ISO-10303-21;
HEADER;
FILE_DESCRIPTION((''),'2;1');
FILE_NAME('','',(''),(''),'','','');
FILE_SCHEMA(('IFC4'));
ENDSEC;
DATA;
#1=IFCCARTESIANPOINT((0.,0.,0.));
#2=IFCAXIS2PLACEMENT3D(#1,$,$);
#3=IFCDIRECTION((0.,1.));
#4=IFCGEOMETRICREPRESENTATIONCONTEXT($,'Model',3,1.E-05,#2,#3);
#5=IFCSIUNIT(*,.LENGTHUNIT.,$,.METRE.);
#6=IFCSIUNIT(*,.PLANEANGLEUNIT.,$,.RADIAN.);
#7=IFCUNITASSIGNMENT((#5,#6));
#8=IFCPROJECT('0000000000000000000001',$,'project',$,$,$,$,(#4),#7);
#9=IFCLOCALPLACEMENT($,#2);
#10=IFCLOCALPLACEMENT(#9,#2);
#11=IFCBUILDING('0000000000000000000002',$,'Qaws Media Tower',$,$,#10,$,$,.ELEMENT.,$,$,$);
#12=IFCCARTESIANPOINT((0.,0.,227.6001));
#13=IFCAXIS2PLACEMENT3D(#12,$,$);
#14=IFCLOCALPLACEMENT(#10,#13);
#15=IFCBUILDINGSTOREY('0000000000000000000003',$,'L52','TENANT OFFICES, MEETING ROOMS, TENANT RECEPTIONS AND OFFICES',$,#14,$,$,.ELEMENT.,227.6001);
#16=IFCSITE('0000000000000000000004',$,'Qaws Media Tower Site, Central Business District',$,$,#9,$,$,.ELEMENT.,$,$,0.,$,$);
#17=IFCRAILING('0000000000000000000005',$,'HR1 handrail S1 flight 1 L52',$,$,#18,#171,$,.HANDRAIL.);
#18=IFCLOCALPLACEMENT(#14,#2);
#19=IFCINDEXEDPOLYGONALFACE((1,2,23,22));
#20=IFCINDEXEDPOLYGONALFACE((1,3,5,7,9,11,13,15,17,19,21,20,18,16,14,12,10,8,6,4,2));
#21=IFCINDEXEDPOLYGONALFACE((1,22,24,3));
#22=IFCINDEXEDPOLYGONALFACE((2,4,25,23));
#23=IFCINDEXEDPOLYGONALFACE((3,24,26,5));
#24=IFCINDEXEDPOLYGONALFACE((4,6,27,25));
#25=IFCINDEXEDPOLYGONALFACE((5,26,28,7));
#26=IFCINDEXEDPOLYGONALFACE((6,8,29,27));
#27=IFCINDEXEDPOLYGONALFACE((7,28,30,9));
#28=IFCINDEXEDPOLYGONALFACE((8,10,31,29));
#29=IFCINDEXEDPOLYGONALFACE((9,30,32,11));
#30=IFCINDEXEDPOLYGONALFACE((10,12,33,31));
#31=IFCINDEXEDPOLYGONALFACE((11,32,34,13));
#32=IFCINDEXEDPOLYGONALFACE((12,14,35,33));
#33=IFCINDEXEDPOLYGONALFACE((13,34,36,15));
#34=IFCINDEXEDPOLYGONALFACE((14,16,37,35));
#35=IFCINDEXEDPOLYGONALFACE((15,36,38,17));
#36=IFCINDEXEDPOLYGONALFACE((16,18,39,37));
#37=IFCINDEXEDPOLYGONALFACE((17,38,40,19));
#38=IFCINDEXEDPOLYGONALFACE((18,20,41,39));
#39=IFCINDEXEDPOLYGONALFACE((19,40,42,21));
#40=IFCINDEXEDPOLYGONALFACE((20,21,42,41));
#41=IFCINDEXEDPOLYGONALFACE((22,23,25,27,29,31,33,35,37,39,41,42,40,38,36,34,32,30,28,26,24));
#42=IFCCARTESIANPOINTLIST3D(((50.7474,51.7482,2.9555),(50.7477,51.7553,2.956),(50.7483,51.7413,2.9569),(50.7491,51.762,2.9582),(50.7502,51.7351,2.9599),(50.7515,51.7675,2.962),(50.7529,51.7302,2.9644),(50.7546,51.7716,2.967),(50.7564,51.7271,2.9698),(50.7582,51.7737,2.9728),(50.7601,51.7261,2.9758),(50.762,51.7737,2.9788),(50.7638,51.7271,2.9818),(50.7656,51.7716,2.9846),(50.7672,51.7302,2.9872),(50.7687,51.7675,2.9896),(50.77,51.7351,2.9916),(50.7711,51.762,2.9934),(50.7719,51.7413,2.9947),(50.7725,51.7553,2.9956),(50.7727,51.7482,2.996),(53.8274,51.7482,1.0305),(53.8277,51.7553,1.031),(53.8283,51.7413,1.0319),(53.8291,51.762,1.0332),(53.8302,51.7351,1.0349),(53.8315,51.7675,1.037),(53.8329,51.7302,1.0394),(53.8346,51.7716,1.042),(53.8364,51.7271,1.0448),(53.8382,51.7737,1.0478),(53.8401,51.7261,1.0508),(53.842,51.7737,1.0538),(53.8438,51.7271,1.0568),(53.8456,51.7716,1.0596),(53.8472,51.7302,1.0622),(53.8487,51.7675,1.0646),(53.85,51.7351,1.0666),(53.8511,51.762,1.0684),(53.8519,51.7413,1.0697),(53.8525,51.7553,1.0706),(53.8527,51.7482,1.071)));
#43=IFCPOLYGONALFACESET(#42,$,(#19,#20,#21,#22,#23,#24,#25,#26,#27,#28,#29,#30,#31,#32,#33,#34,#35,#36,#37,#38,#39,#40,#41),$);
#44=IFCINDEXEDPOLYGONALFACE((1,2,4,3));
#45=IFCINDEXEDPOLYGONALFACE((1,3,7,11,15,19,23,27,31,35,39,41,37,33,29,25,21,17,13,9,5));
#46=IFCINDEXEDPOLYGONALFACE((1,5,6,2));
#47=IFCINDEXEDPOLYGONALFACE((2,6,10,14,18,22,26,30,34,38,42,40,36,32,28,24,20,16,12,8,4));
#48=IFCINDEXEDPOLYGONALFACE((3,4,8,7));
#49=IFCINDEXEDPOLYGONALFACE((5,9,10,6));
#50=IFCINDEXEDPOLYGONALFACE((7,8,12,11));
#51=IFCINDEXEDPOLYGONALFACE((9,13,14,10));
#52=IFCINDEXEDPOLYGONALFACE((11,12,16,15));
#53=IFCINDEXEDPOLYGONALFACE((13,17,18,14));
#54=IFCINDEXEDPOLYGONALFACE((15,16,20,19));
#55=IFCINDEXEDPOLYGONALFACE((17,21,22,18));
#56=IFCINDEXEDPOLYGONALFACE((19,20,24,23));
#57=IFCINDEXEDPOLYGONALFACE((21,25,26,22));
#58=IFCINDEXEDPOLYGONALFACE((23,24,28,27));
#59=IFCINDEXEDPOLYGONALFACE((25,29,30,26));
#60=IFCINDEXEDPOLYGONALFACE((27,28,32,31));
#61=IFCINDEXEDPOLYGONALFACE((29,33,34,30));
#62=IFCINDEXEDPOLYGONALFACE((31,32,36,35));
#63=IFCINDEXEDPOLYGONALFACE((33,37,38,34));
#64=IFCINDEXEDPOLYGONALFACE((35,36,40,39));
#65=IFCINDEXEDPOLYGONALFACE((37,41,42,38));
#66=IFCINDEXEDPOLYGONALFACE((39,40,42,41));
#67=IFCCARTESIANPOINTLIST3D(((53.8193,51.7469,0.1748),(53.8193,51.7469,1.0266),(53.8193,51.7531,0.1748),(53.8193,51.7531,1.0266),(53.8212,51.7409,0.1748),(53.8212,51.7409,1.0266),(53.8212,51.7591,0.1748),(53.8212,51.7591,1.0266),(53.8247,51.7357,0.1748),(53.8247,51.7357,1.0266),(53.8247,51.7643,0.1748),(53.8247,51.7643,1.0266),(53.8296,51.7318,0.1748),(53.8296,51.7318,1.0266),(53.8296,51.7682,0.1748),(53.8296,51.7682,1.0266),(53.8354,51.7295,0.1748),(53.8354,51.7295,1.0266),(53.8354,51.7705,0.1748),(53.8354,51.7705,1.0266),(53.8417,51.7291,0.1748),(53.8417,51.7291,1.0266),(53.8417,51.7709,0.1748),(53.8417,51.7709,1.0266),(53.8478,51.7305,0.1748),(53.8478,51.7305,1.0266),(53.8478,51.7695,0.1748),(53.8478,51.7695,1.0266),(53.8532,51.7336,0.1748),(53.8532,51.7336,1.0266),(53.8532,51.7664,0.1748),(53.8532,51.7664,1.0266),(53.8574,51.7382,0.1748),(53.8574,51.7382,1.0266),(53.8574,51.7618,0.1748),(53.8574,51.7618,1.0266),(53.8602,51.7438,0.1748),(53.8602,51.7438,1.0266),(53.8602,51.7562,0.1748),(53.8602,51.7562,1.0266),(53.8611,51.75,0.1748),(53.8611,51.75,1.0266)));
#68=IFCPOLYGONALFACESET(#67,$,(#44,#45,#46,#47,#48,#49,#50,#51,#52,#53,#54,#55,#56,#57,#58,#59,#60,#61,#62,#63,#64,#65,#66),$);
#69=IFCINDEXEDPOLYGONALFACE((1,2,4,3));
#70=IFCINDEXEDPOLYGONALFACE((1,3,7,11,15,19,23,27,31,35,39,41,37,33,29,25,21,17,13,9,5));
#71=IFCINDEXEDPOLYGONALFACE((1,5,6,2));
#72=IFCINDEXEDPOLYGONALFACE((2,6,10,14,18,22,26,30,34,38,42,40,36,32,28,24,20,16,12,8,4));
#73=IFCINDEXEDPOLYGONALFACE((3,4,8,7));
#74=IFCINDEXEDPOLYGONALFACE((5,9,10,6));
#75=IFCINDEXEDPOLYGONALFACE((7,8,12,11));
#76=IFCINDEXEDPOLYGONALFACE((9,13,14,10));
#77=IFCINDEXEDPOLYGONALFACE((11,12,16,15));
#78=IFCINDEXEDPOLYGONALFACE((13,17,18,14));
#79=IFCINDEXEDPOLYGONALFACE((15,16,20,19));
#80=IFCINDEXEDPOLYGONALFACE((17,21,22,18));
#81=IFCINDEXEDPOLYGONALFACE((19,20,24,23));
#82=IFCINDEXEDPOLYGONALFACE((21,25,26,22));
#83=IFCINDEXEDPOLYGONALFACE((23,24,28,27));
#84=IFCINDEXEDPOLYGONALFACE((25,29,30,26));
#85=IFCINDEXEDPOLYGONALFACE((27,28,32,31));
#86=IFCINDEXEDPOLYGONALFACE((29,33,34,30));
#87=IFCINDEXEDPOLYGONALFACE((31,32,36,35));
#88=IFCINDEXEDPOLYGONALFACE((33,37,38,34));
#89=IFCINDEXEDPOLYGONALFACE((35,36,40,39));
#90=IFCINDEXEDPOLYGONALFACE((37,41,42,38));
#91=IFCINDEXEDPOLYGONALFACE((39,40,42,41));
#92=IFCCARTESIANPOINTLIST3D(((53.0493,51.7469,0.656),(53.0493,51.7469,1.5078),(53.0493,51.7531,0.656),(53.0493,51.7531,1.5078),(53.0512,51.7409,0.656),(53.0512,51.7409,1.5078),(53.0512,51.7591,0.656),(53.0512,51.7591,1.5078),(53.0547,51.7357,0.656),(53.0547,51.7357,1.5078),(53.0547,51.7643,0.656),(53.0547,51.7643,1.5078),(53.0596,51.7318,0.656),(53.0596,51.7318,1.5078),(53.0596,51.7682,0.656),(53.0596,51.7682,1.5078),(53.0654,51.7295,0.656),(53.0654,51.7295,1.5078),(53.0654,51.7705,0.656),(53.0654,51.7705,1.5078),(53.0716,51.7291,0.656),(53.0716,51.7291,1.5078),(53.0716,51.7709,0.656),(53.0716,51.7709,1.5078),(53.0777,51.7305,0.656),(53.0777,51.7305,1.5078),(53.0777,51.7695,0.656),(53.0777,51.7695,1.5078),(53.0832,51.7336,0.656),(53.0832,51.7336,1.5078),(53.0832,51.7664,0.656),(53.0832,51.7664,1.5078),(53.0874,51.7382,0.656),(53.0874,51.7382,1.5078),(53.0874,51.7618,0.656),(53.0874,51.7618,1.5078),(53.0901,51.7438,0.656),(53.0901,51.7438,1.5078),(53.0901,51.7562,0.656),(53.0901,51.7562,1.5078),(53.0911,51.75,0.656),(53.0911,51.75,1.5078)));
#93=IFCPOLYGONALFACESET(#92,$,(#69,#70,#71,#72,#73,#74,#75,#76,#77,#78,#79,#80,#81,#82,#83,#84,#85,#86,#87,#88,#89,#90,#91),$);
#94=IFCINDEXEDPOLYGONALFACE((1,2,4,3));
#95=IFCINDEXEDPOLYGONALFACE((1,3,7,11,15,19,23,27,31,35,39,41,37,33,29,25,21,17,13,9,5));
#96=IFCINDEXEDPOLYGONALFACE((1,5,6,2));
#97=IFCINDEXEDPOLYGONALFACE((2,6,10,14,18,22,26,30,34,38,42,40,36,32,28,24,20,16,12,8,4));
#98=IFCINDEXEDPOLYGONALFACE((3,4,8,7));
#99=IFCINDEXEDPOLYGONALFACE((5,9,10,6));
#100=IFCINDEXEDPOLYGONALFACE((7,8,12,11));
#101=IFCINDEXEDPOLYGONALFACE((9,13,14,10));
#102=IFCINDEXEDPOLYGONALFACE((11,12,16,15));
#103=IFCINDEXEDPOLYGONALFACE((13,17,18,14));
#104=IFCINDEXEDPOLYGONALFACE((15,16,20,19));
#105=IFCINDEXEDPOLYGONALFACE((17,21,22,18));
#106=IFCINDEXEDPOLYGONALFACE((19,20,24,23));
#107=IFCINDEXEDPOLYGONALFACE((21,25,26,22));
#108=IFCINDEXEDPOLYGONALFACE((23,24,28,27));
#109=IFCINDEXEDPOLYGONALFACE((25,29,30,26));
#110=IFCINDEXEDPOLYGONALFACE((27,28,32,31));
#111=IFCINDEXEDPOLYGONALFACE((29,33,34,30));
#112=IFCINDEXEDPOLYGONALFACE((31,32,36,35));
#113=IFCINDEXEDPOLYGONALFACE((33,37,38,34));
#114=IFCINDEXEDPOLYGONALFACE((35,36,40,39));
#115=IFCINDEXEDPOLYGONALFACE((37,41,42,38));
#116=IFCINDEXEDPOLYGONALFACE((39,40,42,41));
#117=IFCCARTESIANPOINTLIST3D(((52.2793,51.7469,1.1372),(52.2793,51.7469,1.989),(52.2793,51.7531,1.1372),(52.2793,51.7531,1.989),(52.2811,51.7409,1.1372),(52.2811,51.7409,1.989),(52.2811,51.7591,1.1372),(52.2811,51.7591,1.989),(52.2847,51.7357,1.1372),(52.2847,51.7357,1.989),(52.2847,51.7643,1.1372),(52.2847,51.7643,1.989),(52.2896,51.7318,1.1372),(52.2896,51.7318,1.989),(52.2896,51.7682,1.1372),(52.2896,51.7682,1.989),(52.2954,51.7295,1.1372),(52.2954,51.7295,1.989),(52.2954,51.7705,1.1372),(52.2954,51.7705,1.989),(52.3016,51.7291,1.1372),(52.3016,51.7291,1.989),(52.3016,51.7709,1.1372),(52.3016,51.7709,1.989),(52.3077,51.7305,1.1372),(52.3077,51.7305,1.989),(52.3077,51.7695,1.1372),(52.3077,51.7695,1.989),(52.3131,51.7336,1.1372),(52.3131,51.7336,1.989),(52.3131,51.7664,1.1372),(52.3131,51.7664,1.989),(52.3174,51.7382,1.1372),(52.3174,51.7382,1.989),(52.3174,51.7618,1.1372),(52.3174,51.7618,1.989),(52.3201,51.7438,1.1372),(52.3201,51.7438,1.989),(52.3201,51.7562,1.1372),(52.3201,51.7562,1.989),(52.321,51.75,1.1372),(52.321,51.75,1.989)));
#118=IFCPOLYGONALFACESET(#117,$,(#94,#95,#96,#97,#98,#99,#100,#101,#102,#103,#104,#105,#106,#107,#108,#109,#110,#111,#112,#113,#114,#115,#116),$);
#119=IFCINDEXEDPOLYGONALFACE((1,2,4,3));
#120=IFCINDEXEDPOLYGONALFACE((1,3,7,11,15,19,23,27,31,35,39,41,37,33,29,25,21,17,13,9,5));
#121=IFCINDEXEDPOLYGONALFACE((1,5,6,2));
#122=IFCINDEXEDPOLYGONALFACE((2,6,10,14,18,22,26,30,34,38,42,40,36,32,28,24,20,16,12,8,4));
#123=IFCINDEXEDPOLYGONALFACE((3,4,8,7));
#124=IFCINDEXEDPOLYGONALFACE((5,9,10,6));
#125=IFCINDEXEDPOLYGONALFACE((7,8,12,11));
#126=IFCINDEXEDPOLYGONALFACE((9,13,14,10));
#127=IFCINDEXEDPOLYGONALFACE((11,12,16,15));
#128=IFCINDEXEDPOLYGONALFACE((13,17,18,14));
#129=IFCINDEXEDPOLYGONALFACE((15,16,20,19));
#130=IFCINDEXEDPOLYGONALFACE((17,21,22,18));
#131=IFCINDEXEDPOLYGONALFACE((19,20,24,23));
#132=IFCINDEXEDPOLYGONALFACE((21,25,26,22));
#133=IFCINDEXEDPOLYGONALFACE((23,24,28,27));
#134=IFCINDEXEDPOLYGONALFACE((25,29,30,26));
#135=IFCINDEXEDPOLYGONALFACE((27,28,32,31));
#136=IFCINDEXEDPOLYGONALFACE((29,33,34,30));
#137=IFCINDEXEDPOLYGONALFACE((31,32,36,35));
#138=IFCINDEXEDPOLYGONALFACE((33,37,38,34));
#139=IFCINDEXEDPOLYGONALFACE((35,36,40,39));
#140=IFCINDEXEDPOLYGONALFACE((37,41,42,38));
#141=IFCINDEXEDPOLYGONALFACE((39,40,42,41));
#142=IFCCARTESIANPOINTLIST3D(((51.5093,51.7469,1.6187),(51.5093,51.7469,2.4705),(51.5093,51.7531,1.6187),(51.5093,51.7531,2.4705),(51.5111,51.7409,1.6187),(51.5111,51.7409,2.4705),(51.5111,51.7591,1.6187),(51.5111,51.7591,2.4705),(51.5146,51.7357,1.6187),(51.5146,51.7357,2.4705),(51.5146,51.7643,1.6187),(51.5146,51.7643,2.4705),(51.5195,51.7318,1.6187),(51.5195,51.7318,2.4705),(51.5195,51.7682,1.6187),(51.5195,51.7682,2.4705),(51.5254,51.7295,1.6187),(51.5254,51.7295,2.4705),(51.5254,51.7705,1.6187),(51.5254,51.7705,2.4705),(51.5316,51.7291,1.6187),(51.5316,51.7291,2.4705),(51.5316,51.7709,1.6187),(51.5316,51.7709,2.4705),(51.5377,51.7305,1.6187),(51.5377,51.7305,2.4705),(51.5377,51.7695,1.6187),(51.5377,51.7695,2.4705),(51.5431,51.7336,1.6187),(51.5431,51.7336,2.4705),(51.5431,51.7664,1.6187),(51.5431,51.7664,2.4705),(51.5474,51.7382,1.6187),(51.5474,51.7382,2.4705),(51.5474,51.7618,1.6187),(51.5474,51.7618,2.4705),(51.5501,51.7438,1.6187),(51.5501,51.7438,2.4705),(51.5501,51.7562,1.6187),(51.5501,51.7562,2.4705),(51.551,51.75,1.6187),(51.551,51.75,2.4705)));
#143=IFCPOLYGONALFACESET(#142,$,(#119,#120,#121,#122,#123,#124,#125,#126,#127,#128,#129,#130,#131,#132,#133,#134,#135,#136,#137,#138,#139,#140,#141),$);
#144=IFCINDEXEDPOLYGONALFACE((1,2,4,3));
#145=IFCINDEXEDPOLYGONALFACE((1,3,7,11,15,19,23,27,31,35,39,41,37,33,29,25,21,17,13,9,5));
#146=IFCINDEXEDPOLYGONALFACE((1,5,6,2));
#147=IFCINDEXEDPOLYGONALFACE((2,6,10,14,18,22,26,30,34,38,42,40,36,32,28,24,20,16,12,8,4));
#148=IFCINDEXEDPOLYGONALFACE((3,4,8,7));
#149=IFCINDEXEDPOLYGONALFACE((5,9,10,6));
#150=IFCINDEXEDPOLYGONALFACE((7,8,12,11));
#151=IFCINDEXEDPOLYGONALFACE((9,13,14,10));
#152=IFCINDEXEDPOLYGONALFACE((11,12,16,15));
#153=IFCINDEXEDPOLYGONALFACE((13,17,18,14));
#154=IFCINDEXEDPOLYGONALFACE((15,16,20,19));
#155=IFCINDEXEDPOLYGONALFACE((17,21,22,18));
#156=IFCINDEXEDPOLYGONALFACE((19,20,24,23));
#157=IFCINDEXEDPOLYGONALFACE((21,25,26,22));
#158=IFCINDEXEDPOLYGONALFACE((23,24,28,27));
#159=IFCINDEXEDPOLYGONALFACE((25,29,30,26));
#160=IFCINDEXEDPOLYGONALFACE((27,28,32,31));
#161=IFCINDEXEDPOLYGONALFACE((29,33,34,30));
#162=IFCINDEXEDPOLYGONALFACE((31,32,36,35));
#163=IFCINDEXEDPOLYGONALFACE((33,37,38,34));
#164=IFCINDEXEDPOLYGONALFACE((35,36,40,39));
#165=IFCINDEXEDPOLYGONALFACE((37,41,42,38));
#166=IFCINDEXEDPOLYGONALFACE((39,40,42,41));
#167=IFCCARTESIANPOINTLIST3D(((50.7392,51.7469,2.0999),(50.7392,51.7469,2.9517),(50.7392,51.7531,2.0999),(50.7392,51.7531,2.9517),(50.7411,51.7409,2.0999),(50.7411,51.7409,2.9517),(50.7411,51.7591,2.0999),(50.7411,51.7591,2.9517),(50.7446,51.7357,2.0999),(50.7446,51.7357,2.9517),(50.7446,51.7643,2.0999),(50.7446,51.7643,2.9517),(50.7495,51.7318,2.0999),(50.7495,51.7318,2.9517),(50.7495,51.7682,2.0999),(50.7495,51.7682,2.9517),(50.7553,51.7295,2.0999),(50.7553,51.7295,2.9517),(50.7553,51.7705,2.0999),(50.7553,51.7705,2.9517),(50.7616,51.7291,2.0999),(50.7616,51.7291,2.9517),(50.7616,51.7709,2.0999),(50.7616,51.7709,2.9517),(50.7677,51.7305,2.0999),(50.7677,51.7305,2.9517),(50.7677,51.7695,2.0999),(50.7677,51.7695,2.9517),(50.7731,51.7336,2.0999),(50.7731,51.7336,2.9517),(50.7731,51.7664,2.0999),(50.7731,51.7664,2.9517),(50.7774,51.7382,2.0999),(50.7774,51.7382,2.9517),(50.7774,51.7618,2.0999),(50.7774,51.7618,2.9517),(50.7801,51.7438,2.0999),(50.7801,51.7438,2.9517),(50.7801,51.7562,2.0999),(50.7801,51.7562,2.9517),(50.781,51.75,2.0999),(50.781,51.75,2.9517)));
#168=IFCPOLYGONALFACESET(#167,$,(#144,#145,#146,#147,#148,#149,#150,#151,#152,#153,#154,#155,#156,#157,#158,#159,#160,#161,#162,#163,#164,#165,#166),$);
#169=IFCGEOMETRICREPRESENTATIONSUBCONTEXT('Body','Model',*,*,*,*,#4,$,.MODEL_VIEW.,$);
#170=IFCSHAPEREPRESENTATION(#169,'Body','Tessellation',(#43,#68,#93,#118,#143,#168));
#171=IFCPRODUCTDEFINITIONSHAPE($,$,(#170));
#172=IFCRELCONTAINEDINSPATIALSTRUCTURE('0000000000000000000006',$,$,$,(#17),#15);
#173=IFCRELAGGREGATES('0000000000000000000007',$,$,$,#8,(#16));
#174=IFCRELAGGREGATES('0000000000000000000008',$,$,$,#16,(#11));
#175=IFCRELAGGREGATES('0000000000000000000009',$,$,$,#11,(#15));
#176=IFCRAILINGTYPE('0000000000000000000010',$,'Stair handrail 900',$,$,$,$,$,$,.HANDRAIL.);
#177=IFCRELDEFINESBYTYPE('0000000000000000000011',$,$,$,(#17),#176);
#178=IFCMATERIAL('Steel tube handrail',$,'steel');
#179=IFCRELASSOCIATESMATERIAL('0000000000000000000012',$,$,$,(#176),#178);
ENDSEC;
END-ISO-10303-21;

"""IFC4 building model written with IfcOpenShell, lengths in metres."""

from ifc_helpers import new_model, si_unit, direction, frame, origin, origin_2d, place, context, subcontext, project, spatial, circle, extrude, material, type_object, element, save


model = new_model("IFC4")

# Units and contexts
model_context = context("Model", 3, precision=1e-05, world=origin(), true_north=direction((0.0, 1.0)))
body_context = subcontext(model_context, "Body", "Model", "MODEL_VIEW")
ifc_project = project(units=[si_unit("LENGTHUNIT", "METRE"), si_unit("PLANEANGLEUNIT", "RADIAN")], contexts=[model_context])

# Site, building, storey
site_placement = place(None, origin())
site = spatial("IfcSite", under=ifc_project, at=site_placement, Name="Qaws Media Tower Site, Central Business District", CompositionType="ELEMENT", RefElevation=0.0)
building_placement = place(site_placement, origin())
building = spatial("IfcBuilding", under=site, at=building_placement, Name="Qaws Media Tower", CompositionType="ELEMENT")
storey_placement = place(building_placement, frame((0.0, 0.0, 227.6001)))
storey = spatial("IfcBuildingStorey", under=building, at=storey_placement, Name="L52", Description="TENANT OFFICES, MEETING ROOMS, TENANT RECEPTIONS AND OFFICES", CompositionType="ELEMENT", Elevation=227.6001)

# Railing
ifc_material_1 = material(Name="Steel tube handrail", Category="steel")
railing_type = type_object("IfcRailingType", Name="Stair handrail 900", PredefinedType="HANDRAIL", material=ifc_material_1)
for number, where, name in (
    (1, (53.8401, 51.75, 0.1748), "HR1 handrail S1 flight 1 L52"),
):
    element("IfcRailing", number, at=place(storey_placement, frame(where)), inside=storey, type_object=railing_type, Name=name, PredefinedType="HANDRAIL", context=body_context, shape_type="SweptSolid", body=[
        extrude(circle(Radius=0.0239, at=origin_2d()), frame((0.0, 0.0, 0.876), z_axis=(-0.847998, 0.0, 0.529999), x_axis=(0.0, -1.0, 0.0)), (0.0, 0.0, 1.0), 3.6321),
        extrude(circle(Radius=0.021, at=origin_2d()), origin(), (0.0, 0.0, 1.0), 0.8518),
        extrude(circle(Radius=0.021, at=origin_2d()), frame((-0.77, 0.0, 0.4812)), (0.0, 0.0, 1.0), 0.8518),
        extrude(circle(Radius=0.021, at=origin_2d()), frame((-1.54, 0.0, 0.9624)), (0.0, 0.0, 1.0), 0.8518),
        extrude(circle(Radius=0.021, at=origin_2d()), frame((-2.3101, 0.0, 1.4438)), (0.0, 0.0, 1.0), 0.8518),
        extrude(circle(Radius=0.021, at=origin_2d()), frame((-3.0801, 0.0, 1.925)), (0.0, 0.0, 1.0), 0.8518),
    ])

save(model, "model.ifc")
